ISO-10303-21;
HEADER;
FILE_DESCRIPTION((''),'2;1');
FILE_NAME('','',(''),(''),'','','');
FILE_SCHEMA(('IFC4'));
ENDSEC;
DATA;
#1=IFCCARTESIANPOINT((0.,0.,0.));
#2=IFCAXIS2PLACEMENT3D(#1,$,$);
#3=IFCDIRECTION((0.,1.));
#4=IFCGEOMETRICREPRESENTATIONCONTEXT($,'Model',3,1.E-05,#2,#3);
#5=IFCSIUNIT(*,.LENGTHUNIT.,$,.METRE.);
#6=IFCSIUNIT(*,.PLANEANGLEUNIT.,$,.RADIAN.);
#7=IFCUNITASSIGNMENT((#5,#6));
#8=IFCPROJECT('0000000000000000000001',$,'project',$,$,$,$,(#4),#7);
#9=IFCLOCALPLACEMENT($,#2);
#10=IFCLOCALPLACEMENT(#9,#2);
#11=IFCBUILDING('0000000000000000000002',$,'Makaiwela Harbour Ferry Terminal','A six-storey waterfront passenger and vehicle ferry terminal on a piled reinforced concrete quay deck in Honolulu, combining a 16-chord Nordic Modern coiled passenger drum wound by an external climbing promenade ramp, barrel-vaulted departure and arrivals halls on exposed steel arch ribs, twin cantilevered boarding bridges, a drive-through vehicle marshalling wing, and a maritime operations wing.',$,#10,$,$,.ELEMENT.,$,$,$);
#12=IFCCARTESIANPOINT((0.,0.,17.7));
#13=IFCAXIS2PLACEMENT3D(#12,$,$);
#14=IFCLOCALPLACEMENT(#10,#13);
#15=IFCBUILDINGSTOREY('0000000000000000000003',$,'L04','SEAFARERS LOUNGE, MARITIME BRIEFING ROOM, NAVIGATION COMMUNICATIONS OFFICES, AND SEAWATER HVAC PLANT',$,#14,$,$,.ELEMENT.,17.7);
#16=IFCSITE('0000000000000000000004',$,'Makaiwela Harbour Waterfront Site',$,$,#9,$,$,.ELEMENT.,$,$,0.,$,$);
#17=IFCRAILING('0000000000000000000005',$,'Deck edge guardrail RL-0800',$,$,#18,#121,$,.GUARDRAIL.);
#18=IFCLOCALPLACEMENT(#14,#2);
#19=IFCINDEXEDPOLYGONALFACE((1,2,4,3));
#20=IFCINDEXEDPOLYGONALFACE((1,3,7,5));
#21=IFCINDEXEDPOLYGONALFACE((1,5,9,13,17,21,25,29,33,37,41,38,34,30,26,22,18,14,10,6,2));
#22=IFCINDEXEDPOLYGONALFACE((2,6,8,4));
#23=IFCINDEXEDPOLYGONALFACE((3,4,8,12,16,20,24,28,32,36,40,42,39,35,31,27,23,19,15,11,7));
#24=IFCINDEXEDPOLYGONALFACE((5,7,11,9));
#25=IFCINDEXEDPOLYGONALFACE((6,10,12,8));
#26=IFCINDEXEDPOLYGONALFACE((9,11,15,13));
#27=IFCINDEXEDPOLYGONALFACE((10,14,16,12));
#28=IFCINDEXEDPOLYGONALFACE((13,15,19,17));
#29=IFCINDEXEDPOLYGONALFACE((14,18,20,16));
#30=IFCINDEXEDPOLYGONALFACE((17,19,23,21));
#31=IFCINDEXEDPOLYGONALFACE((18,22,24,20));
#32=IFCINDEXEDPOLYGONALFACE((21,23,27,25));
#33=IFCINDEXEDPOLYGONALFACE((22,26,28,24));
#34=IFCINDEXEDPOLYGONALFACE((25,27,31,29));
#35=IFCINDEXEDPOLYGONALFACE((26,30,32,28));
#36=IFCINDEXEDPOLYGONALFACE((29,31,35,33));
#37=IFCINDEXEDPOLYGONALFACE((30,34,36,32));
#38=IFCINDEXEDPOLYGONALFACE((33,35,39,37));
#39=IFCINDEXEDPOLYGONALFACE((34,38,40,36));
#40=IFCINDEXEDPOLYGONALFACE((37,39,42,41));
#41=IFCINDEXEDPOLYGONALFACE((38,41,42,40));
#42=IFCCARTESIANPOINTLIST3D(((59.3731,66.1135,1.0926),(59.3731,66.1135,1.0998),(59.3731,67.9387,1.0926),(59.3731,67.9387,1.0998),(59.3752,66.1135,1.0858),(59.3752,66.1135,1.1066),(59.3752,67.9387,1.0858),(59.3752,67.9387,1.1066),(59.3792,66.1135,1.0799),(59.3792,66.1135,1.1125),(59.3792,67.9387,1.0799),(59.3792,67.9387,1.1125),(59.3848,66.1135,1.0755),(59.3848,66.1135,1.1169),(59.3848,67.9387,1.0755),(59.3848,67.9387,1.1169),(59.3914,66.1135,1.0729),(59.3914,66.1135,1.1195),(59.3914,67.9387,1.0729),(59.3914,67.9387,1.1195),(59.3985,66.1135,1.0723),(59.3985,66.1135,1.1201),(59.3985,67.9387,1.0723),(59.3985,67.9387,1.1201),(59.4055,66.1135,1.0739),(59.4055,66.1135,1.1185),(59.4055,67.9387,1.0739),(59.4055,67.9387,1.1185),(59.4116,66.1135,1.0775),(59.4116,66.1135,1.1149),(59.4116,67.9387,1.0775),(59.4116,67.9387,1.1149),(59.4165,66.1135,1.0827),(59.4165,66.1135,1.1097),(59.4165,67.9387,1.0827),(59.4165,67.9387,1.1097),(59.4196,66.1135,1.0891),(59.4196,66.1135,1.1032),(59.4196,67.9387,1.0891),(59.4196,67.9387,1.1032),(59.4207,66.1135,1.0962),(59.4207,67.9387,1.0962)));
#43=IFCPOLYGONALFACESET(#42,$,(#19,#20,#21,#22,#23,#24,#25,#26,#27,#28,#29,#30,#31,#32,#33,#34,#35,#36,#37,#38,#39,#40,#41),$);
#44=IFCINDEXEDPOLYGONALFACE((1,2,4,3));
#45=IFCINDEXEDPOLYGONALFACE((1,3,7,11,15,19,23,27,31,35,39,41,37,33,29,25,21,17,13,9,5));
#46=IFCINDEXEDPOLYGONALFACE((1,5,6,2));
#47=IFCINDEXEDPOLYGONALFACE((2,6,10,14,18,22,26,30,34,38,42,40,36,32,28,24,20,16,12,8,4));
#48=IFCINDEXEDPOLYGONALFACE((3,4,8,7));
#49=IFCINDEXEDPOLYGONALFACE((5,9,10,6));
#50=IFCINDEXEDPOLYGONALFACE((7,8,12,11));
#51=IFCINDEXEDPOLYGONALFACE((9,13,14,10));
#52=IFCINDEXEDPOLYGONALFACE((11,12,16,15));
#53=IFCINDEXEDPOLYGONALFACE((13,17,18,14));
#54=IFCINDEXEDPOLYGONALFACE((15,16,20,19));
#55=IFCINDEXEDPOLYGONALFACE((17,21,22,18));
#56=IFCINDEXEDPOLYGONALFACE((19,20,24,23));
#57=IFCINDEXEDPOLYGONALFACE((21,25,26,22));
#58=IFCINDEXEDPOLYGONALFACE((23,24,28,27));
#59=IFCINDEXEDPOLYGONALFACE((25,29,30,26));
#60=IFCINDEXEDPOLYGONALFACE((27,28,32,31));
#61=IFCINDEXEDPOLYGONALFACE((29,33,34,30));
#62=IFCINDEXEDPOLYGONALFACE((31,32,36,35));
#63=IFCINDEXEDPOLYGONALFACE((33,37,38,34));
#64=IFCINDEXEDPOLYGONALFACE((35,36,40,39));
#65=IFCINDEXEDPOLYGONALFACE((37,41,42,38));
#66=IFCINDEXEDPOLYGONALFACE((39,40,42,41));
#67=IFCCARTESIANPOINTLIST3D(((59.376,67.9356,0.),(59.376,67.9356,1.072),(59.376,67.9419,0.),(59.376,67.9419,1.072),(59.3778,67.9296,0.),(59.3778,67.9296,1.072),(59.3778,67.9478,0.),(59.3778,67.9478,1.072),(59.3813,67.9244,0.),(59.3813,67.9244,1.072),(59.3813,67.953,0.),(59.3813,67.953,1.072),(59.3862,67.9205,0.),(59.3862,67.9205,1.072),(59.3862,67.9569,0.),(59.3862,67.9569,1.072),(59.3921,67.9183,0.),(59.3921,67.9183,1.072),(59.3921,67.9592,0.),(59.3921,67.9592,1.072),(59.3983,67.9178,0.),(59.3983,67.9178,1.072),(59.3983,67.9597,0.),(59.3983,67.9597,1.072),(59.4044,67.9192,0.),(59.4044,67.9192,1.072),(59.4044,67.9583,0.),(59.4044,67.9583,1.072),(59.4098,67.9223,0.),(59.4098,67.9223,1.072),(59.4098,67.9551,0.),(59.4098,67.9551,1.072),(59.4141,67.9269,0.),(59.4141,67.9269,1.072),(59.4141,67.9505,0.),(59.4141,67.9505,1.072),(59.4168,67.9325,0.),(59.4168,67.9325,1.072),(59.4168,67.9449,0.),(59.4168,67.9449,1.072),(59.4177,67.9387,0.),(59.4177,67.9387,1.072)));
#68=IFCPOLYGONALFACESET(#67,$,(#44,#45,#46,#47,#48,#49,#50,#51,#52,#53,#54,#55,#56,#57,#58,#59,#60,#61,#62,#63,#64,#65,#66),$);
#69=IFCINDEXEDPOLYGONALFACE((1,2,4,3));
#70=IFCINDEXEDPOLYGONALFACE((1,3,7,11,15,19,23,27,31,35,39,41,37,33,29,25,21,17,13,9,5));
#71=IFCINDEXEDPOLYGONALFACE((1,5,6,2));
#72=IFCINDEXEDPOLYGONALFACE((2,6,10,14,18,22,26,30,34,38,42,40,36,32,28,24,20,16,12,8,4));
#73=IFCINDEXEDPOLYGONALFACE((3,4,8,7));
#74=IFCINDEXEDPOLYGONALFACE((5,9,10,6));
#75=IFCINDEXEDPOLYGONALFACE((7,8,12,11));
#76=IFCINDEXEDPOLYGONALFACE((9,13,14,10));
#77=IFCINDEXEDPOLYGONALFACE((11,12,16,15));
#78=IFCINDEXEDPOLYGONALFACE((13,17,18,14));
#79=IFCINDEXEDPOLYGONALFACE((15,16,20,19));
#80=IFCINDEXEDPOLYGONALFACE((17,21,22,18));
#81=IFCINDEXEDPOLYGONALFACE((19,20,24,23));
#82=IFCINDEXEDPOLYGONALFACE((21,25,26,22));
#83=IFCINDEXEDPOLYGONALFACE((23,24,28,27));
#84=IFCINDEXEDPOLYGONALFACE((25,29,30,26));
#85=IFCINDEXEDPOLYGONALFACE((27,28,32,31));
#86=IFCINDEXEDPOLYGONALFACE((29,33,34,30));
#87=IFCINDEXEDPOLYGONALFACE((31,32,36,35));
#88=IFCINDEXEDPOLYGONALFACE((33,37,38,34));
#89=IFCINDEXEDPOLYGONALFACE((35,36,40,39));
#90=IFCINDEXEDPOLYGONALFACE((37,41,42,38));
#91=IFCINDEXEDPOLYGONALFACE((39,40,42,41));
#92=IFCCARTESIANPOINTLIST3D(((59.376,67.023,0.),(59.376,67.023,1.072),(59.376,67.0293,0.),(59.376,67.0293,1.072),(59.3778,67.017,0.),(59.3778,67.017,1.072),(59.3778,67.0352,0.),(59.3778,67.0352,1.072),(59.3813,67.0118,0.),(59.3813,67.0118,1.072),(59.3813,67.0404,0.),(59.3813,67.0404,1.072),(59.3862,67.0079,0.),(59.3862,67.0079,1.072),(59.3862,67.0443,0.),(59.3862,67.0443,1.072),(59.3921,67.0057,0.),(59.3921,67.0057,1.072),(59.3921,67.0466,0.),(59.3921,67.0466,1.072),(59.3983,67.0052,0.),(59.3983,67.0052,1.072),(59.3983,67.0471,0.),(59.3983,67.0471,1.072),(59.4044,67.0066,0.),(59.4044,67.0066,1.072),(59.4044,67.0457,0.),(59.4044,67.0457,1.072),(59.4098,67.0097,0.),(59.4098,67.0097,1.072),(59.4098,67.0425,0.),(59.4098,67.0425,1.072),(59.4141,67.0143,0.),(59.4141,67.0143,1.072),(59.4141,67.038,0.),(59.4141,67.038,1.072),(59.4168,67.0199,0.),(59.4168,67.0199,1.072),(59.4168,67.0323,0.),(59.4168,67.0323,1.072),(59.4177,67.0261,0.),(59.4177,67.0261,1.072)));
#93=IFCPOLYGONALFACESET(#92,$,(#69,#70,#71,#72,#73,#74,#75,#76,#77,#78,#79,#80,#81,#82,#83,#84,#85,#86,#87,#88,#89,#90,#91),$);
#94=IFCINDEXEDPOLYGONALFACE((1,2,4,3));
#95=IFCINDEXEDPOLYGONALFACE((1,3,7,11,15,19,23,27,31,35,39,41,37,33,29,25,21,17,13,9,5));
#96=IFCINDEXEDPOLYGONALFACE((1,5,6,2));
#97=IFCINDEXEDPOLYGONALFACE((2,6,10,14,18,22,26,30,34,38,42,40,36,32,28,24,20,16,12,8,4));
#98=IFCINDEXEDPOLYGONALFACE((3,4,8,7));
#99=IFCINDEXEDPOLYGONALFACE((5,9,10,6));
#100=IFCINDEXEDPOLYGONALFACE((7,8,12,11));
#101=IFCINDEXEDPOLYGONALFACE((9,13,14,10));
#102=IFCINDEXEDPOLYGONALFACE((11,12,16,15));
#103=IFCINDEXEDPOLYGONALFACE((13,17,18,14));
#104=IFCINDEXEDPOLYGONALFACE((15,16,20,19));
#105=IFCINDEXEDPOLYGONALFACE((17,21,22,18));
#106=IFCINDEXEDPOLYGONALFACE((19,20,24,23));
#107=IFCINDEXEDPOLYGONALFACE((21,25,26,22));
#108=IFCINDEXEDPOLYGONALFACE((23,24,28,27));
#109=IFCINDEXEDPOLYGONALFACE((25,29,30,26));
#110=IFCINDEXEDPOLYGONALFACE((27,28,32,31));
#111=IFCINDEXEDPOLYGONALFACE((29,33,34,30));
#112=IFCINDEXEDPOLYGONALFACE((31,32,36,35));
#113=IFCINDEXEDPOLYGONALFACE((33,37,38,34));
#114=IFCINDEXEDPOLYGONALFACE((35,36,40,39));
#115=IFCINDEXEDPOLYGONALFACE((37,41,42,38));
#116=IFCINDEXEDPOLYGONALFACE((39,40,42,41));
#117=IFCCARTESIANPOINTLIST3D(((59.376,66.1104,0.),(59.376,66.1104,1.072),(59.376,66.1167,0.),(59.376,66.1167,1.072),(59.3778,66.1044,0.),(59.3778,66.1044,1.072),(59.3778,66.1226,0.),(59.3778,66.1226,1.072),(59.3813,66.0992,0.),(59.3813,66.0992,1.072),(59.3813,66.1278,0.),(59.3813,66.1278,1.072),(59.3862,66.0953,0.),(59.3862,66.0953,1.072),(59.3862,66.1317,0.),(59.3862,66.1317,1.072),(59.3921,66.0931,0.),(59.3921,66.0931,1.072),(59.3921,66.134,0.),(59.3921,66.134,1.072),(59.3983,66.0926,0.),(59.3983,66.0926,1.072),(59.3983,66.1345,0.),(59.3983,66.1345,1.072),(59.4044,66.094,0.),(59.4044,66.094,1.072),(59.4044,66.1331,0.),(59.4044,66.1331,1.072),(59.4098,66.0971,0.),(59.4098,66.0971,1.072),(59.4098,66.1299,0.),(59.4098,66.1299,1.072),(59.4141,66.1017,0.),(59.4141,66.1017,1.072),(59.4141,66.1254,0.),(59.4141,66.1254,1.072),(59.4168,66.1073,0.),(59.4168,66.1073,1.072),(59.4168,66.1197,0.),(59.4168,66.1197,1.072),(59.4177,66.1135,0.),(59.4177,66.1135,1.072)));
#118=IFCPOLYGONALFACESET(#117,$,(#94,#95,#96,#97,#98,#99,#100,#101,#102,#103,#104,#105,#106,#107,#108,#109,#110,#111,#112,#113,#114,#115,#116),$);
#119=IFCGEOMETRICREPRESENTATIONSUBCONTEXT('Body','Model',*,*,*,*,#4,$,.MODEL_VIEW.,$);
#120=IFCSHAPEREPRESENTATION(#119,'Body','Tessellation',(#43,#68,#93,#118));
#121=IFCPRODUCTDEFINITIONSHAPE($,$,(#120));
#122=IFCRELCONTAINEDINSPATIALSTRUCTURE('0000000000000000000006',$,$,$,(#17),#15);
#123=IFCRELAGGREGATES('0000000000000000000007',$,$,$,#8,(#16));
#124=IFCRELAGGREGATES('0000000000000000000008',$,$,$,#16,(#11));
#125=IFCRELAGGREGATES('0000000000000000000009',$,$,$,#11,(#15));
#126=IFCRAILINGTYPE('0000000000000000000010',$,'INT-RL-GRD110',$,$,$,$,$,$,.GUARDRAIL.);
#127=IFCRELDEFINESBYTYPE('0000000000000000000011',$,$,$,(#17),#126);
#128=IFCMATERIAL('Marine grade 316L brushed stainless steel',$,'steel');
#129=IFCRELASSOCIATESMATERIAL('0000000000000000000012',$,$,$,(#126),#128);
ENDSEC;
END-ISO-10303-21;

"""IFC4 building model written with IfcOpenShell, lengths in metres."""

from ifc_helpers import new_model, si_unit, direction, frame, origin, origin_2d, place, context, subcontext, project, spatial, circle, extrude, material, type_object, element, save


model = new_model("IFC4")

# Units and contexts
model_context = context("Model", 3, precision=1e-05, world=origin(), true_north=direction((0.0, 1.0)))
body_context = subcontext(model_context, "Body", "Model", "MODEL_VIEW")
ifc_project = project(units=[si_unit("LENGTHUNIT", "METRE"), si_unit("PLANEANGLEUNIT", "RADIAN")], contexts=[model_context])

# Site, building, storey
site_placement = place(None, origin())
site = spatial("IfcSite", under=ifc_project, at=site_placement, Name="Makaiwela Harbour Waterfront Site", CompositionType="ELEMENT", RefElevation=0.0)
building_placement = place(site_placement, origin())
building = spatial("IfcBuilding", under=site, at=building_placement, Name="Makaiwela Harbour Ferry Terminal", Description="A six-storey waterfront passenger and vehicle ferry terminal on a piled reinforced concrete quay deck in Honolulu, combining a 16-chord Nordic Modern coiled passenger drum wound by an external climbing promenade ramp, barrel-vaulted departure and arrivals halls on exposed steel arch ribs, twin cantilevered boarding bridges, a drive-through vehicle marshalling wing, and a maritime operations wing.", CompositionType="ELEMENT")
storey_placement = place(building_placement, frame((0.0, 0.0, 17.7)))
storey = spatial("IfcBuildingStorey", under=building, at=storey_placement, Name="L04", Description="SEAFARERS LOUNGE, MARITIME BRIEFING ROOM, NAVIGATION COMMUNICATIONS OFFICES, AND SEAWATER HVAC PLANT", CompositionType="ELEMENT", Elevation=17.7)

# Railing
ifc_material_1 = material(Name="Marine grade 316L brushed stainless steel", Category="steel")
railing_type_1 = type_object("IfcRailingType", Name="INT-RL-GRD110", PredefinedType="GUARDRAIL", material=ifc_material_1)
railing_1_placement = place(storey_placement, frame((59.3967, 67.9387, 0.0)))
element("IfcRailing", 1, at=railing_1_placement, inside=storey, type_object=railing_type_1, Name="Deck edge guardrail RL-0800", PredefinedType="GUARDRAIL", context=body_context, shape_type="SweptSolid", body=[
    extrude(circle(Radius=0.0239, at=origin_2d()), frame((0.0, 0.0, 1.0962), z_axis=(0.0, -1.0, 0.0), x_axis=(1.0, 0.0, 0.0)), (0.0, 0.0, 1.0), 1.8252),
    extrude(circle(Radius=0.021, at=origin_2d()), origin(), (0.0, 0.0, 1.0), 1.072),
    extrude(circle(Radius=0.021, at=origin_2d()), frame((0.0, -0.9126, 0.0)), (0.0, 0.0, 1.0), 1.072),
    extrude(circle(Radius=0.021, at=origin_2d()), frame((0.0, -1.8252, 0.0)), (0.0, 0.0, 1.0), 1.072),
])

save(model, "model.ifc")
